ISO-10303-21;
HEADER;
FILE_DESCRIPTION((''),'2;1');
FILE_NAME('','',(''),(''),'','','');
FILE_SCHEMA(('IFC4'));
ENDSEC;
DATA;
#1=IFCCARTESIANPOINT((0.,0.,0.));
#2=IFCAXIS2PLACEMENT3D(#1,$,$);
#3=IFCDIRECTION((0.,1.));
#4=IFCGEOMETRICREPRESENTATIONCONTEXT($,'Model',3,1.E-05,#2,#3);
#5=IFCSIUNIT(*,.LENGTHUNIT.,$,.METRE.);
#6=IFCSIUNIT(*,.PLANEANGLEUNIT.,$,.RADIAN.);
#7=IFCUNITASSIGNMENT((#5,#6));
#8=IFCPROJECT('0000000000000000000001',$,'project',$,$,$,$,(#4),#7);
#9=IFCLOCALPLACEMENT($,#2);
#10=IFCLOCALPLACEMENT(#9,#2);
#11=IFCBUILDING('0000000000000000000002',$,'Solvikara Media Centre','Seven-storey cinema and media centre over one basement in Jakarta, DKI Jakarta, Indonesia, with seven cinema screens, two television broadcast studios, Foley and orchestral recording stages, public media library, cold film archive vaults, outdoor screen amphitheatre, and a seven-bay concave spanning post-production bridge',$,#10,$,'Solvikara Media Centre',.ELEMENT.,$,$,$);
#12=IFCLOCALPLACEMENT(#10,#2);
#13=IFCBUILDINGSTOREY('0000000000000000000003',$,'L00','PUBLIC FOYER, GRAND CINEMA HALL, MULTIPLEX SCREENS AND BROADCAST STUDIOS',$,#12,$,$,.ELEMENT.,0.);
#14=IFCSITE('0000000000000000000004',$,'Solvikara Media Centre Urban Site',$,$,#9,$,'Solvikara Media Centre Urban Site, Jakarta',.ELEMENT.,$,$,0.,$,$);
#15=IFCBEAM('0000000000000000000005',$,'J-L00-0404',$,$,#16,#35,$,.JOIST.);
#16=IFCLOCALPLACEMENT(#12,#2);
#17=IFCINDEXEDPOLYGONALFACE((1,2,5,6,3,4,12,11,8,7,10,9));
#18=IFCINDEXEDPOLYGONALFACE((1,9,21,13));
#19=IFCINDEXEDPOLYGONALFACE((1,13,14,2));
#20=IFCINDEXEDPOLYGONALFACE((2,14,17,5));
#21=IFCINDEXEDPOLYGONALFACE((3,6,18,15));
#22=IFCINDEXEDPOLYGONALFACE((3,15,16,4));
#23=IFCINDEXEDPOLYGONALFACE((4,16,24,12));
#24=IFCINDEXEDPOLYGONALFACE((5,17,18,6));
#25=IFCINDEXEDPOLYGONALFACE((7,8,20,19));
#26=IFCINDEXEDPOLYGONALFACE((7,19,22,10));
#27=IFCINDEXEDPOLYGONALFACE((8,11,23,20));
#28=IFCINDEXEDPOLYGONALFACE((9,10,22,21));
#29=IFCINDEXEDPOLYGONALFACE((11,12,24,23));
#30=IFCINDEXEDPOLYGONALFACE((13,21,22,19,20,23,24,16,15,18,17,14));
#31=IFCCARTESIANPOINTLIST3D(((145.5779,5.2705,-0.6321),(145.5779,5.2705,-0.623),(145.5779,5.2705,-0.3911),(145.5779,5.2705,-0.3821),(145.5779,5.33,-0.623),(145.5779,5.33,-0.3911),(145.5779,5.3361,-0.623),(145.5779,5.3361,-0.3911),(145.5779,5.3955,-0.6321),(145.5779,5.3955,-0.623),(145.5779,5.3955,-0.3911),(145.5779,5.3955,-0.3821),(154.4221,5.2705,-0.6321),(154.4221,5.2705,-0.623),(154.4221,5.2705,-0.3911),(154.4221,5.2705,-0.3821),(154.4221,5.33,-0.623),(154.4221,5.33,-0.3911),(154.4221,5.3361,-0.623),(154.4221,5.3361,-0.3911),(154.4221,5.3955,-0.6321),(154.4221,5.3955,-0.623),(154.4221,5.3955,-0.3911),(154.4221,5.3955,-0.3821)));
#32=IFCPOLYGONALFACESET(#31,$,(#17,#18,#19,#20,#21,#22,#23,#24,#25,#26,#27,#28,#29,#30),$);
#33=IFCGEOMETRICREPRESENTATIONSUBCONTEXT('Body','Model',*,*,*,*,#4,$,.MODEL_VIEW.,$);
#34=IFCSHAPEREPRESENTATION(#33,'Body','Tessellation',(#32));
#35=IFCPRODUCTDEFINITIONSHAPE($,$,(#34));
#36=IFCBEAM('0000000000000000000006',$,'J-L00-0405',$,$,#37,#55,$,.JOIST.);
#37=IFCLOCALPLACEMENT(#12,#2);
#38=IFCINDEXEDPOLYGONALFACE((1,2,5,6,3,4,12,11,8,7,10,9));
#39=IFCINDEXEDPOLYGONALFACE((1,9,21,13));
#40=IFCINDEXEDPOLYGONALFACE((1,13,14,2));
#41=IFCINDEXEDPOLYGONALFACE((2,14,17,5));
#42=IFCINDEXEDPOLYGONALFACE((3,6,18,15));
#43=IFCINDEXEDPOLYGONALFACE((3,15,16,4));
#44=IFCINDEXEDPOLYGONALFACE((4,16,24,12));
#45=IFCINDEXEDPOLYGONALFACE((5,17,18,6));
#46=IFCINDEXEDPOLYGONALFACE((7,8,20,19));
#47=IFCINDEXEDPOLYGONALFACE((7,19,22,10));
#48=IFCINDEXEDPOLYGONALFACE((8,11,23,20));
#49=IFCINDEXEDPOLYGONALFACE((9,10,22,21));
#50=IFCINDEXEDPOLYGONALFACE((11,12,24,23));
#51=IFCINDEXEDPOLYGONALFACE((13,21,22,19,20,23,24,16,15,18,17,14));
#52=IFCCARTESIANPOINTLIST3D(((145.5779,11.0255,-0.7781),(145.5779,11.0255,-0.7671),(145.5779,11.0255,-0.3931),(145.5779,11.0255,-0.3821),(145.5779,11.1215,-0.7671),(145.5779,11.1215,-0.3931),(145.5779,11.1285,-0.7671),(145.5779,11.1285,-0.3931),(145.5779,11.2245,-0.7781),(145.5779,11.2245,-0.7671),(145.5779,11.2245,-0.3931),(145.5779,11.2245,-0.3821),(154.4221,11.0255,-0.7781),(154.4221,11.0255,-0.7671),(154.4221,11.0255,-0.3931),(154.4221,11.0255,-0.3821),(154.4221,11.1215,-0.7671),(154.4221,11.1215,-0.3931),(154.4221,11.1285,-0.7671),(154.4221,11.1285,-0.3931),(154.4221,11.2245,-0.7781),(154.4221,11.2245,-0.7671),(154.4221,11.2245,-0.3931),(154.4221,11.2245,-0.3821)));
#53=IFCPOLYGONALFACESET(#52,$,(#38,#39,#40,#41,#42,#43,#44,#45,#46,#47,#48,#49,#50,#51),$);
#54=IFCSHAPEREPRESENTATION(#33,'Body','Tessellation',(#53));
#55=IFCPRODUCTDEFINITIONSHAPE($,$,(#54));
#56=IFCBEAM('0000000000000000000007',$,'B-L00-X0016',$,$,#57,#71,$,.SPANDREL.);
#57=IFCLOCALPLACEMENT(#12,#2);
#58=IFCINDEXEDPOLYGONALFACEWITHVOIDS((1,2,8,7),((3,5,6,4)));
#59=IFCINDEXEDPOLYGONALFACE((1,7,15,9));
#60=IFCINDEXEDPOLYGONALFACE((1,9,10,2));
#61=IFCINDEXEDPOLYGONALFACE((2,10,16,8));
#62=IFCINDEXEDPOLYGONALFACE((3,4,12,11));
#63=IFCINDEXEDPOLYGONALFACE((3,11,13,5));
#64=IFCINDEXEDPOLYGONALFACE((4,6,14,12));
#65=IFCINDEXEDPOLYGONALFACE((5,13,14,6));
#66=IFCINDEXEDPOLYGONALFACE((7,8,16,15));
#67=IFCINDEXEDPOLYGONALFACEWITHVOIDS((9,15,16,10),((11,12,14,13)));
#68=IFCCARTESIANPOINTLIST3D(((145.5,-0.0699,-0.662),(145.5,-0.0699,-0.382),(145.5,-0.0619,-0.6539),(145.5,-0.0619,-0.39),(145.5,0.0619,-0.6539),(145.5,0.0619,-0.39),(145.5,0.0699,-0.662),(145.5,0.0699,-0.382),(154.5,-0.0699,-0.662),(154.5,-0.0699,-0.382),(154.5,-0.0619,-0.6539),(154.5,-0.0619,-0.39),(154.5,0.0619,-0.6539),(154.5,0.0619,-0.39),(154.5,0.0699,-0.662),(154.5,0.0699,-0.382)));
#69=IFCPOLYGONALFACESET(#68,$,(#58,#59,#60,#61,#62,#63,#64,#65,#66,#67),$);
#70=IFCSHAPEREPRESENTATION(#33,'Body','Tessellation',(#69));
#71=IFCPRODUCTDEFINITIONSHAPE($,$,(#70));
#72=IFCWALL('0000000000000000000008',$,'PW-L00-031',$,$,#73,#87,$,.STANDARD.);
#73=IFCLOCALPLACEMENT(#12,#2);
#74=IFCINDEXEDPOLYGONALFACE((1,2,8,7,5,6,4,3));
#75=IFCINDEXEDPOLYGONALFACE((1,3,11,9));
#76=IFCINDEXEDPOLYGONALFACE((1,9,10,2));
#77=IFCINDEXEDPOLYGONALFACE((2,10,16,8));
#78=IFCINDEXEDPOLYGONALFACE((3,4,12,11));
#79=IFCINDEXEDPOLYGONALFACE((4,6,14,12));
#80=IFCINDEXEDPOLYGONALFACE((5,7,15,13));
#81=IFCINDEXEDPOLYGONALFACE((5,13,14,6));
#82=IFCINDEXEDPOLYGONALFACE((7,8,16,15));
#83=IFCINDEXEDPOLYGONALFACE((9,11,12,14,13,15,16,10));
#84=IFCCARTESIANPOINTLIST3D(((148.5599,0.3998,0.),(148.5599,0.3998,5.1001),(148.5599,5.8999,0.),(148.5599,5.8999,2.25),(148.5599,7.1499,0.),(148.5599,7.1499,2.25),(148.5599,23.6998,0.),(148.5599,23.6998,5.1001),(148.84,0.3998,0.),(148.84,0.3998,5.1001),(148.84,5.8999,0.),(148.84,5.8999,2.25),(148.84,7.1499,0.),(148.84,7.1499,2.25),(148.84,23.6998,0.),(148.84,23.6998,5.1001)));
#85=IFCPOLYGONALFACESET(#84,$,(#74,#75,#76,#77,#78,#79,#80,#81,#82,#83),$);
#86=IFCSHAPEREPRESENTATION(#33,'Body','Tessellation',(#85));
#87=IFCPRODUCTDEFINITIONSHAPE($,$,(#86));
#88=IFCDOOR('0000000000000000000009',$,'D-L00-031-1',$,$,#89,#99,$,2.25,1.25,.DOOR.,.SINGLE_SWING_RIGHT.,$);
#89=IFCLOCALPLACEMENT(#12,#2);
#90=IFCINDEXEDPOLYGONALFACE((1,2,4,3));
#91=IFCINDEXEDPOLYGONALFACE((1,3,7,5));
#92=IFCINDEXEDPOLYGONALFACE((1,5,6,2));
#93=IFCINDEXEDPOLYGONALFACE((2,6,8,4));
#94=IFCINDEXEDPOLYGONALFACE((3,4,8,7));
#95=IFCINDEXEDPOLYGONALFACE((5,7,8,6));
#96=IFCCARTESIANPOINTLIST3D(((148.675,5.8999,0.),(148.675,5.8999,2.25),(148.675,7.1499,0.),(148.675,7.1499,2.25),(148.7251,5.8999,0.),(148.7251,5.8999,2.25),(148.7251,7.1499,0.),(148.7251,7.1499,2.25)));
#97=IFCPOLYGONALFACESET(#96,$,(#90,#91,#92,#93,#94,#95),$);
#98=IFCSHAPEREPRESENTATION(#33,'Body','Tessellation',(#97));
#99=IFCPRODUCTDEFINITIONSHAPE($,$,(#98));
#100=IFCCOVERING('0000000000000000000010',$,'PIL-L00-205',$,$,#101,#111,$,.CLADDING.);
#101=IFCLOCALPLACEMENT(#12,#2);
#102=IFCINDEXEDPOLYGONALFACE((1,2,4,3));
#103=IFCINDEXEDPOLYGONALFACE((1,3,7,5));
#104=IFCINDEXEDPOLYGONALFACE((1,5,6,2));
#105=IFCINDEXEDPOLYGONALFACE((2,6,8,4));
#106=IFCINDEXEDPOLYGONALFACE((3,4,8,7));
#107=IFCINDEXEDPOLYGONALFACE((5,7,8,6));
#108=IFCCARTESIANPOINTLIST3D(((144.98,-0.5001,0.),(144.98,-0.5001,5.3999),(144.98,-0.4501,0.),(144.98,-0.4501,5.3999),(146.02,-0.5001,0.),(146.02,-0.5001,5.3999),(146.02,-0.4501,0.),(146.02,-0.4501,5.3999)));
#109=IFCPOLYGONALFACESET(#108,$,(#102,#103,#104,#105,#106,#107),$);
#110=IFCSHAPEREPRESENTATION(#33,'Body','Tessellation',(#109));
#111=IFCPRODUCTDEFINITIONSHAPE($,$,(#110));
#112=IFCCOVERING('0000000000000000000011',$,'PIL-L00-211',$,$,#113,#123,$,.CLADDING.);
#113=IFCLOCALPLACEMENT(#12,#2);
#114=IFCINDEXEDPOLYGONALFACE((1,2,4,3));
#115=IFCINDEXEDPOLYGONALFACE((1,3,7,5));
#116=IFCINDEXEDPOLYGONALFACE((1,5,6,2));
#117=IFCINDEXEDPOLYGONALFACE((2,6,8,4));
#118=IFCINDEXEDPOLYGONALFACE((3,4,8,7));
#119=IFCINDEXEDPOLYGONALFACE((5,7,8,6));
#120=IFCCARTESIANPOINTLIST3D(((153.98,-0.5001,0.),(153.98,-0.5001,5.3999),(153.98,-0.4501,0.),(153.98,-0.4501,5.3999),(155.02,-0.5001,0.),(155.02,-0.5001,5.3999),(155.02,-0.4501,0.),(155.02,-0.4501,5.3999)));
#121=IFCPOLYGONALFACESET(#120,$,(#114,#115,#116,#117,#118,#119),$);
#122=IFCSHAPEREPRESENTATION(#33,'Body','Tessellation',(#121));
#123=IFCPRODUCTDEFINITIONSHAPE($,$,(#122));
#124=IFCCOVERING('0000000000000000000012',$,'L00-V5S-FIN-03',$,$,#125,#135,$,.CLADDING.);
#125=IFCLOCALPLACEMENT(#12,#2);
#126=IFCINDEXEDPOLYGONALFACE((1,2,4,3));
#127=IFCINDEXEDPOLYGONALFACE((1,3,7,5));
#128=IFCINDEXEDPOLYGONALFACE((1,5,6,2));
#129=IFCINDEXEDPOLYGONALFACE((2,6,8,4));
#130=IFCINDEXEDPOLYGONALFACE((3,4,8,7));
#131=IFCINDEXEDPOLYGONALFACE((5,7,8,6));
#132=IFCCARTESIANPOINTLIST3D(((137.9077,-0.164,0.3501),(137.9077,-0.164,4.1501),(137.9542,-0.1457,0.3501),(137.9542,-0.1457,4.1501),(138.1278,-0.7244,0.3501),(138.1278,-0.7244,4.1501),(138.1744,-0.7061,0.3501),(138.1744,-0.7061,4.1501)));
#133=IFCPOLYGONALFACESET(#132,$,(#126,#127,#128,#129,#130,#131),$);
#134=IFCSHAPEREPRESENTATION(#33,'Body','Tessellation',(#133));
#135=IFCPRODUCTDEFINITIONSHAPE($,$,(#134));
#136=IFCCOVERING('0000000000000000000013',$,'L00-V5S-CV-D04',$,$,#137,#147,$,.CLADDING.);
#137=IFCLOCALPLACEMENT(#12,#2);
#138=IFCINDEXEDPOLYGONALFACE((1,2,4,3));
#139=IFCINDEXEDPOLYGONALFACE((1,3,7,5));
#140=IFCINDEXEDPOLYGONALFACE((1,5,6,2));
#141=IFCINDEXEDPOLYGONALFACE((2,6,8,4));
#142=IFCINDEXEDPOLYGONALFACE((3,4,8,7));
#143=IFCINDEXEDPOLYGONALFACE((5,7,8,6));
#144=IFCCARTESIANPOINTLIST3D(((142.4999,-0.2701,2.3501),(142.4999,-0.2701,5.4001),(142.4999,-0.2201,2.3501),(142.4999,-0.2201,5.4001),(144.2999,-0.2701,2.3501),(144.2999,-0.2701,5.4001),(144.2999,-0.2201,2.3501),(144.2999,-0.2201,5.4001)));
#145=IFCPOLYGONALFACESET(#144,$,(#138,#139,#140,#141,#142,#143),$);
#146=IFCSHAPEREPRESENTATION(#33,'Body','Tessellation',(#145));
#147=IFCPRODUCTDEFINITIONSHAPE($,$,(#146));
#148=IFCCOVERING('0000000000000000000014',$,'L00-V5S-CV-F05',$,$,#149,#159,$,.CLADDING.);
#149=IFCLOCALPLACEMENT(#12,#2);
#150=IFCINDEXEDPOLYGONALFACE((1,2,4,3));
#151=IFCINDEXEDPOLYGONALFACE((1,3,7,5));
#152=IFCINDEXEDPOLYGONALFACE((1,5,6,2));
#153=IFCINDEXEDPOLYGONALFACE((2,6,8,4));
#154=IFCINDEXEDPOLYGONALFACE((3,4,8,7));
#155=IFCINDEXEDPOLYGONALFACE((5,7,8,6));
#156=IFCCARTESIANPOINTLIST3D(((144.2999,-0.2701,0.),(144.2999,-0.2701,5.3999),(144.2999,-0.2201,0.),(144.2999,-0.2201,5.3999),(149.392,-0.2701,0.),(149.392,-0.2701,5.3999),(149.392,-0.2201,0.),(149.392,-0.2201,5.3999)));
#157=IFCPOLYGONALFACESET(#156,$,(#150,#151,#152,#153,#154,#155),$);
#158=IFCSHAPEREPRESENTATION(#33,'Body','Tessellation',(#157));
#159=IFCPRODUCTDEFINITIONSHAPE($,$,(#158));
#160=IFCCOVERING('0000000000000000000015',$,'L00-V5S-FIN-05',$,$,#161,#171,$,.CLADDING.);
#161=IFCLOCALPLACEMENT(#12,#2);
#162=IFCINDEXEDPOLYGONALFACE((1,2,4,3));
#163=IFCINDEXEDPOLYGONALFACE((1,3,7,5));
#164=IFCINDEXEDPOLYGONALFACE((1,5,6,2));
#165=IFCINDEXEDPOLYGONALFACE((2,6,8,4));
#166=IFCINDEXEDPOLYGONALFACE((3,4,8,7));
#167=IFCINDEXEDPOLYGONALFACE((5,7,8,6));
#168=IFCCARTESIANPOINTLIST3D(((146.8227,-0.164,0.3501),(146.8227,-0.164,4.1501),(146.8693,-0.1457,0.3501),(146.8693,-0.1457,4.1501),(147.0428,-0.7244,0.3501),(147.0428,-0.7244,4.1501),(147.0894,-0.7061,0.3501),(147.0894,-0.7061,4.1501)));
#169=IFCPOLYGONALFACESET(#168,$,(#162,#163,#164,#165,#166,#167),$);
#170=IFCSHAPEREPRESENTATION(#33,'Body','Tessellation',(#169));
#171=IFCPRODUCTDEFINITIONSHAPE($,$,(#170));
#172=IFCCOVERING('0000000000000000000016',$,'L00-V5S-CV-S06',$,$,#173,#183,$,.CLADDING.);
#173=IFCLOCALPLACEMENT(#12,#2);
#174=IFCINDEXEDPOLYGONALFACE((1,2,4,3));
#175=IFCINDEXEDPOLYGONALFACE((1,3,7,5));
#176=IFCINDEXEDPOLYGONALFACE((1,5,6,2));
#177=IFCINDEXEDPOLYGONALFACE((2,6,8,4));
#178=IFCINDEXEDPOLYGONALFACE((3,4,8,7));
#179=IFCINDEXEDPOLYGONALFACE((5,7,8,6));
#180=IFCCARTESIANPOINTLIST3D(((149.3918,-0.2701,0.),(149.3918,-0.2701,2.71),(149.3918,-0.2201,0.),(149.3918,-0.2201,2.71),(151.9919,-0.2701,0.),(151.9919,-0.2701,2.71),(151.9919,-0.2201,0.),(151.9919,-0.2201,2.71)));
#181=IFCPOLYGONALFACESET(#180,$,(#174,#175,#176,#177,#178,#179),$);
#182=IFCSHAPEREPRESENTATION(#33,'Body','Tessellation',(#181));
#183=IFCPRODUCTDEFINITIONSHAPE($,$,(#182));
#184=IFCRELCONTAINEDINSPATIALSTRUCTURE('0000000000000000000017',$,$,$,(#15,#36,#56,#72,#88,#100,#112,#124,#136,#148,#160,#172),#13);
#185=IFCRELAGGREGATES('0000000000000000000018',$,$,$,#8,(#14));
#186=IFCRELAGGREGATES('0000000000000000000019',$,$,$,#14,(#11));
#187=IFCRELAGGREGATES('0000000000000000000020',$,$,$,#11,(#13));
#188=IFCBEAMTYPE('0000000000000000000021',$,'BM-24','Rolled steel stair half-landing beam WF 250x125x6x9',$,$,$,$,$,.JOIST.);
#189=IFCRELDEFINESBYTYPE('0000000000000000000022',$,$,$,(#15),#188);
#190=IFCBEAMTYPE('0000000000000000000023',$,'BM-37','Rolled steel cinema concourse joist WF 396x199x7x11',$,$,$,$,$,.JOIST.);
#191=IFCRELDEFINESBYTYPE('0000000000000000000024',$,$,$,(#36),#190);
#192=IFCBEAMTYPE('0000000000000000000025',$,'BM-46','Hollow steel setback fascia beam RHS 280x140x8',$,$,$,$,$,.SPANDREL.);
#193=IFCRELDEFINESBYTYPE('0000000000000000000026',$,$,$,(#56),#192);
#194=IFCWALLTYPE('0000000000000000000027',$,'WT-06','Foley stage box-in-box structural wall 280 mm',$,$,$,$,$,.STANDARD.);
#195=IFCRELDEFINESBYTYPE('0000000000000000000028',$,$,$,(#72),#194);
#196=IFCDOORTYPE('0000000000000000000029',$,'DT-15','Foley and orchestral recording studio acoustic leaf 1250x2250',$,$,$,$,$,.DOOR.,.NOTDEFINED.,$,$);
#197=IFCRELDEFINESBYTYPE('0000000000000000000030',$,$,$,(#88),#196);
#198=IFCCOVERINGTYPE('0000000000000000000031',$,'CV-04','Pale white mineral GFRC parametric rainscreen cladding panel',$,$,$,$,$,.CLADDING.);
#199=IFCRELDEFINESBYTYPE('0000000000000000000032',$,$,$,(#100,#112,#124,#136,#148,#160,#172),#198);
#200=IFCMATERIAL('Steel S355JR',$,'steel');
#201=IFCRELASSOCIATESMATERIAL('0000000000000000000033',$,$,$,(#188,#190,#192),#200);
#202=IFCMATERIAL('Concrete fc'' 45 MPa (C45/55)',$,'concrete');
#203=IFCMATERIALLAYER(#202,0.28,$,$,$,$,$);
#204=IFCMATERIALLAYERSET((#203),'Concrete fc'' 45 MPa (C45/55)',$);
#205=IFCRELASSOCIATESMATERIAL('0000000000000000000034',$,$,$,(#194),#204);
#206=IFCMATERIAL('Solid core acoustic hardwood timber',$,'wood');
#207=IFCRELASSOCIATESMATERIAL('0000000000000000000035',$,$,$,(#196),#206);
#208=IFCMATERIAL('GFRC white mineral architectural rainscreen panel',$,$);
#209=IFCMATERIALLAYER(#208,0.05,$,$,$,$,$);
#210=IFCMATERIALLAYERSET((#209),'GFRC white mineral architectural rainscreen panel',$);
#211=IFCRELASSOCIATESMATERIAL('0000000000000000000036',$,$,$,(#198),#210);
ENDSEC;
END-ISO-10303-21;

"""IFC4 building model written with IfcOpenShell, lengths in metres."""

from ifc_helpers import new_model, si_unit, direction, frame, frame_2d, origin, origin_2d, place, context, subcontext, project, spatial, rectangle, hollow_rectangle, i_section, extrude, material, layer, layer_set, material_profile, profile_set, type_object, element, fill, save


model = new_model("IFC4")

# Units and contexts
model_context = context("Model", 3, precision=1e-05, world=origin(), true_north=direction((0.0, 1.0)))
body_context = subcontext(model_context, "Body", "Model", "MODEL_VIEW")
ifc_project = project(units=[si_unit("LENGTHUNIT", "METRE"), si_unit("PLANEANGLEUNIT", "RADIAN")], contexts=[model_context])

# Site, building, storey
site_placement = place(None, origin())
site = spatial("IfcSite", under=ifc_project, at=site_placement, Name="Solvikara Media Centre Urban Site", LongName="Solvikara Media Centre Urban Site, Jakarta", CompositionType="ELEMENT", RefElevation=0.0)
building_placement = place(site_placement, origin())
building = spatial("IfcBuilding", under=site, at=building_placement, Name="Solvikara Media Centre", Description="Seven-storey cinema and media centre over one basement in Jakarta, DKI Jakarta, Indonesia, with seven cinema screens, two television broadcast studios, Foley and orchestral recording stages, public media library, cold film archive vaults, outdoor screen amphitheatre, and a seven-bay concave spanning post-production bridge", LongName="Solvikara Media Centre", CompositionType="ELEMENT")
storey_placement = place(building_placement, origin())
storey = spatial("IfcBuildingStorey", under=building, at=storey_placement, Name="L00", Description="PUBLIC FOYER, GRAND CINEMA HALL, MULTIPLEX SCREENS AND BROADCAST STUDIOS", CompositionType="ELEMENT", Elevation=0.0)

# Shared definitions
ifc_material_1 = material(Name="Concrete fc' 45 MPa (C45/55)", Category="concrete")

# Beams
ifc_material_2 = material(Name="Steel S355JR", Category="steel")
ifc_material_profile_1 = material_profile(ifc_material_2, i_section(OverallWidth=0.125, OverallDepth=0.25, WebThickness=0.0061, FlangeThickness=0.009, at=origin_2d()), Name="WF 250x125x6x9")
ifc_profile_set_1 = profile_set([ifc_material_profile_1], Name="Steel S355JR")
beam_type_1 = type_object("IfcBeamType", Name="BM-24", Description="Rolled steel stair half-landing beam WF 250x125x6x9", PredefinedType="JOIST", material=ifc_profile_set_1)
beam_1_placement = place(storey_placement, frame((145.5779, 5.333, -0.5071), z_axis=(1.0, 0.0, 0.0), x_axis=(0.0, 1.0, 0.0)))
element("IfcBeam", 1, at=beam_1_placement, inside=storey, type_object=beam_type_1, Name="J-L00-0404", PredefinedType="JOIST", context=body_context, shape_type="SweptSolid", body=[
    extrude(i_section(OverallWidth=0.125, OverallDepth=0.25, WebThickness=0.0061, FlangeThickness=0.009, at=origin_2d()), origin(), (0.0, 0.0, 1.0), 8.8442),
])
ifc_material_profile_2 = material_profile(ifc_material_2, i_section(OverallWidth=0.199, OverallDepth=0.396, WebThickness=0.0071, FlangeThickness=0.011, at=origin_2d()), Name="WF 396x199x7x11")
ifc_profile_set_2 = profile_set([ifc_material_profile_2], Name="Steel S355JR")
beam_type_2 = type_object("IfcBeamType", Name="BM-37", Description="Rolled steel cinema concourse joist WF 396x199x7x11", PredefinedType="JOIST", material=ifc_profile_set_2)
beam_2_placement = place(storey_placement, frame((145.5779, 11.125, -0.5801), z_axis=(1.0, 0.0, 0.0), x_axis=(0.0, 1.0, 0.0)))
element("IfcBeam", 2, at=beam_2_placement, inside=storey, type_object=beam_type_2, Name="J-L00-0405", PredefinedType="JOIST", context=body_context, shape_type="SweptSolid", body=[
    extrude(i_section(OverallWidth=0.199, OverallDepth=0.396, WebThickness=0.0071, FlangeThickness=0.011, at=origin_2d()), origin(), (0.0, 0.0, 1.0), 8.8442),
])
ifc_material_profile_3 = material_profile(ifc_material_2, hollow_rectangle(XDim=0.1399, YDim=0.28, WallThickness=0.0081, at=origin_2d()), Name="RHS 280x140x8")
ifc_profile_set_3 = profile_set([ifc_material_profile_3], Name="Steel S355JR")
beam_type_3 = type_object("IfcBeamType", Name="BM-46", Description="Hollow steel setback fascia beam RHS 280x140x8", PredefinedType="SPANDREL", material=ifc_profile_set_3)
beam_3_placement = place(storey_placement, frame((145.5, 0.0, -0.522), z_axis=(1.0, 0.0, 0.0), x_axis=(0.0, 1.0, 0.0)))
element("IfcBeam", 3, at=beam_3_placement, inside=storey, type_object=beam_type_3, Name="B-L00-X0016", PredefinedType="SPANDREL", context=body_context, shape_type="SweptSolid", body=[
    extrude(hollow_rectangle(XDim=0.1399, YDim=0.28, WallThickness=0.0081, at=origin_2d()), origin(), (0.0, 0.0, 1.0), 9.0),
])

# Wall, opening, door
ifc_layer_1 = layer(ifc_material_1, 0.28)
ifc_layer_set_1 = layer_set([ifc_layer_1], Name="Concrete fc' 45 MPa (C45/55)")
wall_type = type_object("IfcWallType", Name="WT-06", Description="Foley stage box-in-box structural wall 280 mm", PredefinedType="STANDARD", material=ifc_layer_set_1)
wall_placement = place(storey_placement, frame((148.7, 0.3999, 0.0), z_axis=(0.0, 0.0, 1.0), x_axis=(0.0, 1.0, 0.0)))
wall = element("IfcWall", 4, at=wall_placement, inside=storey, type_object=wall_type, Name="PW-L00-031", PredefinedType="STANDARD", context=body_context, shape_type="SweptSolid", body=[
    extrude(rectangle(XDim=23.3, YDim=0.28, at=frame_2d((11.6499, 0.0))), origin(), (0.0, 0.0, 1.0), 5.1001),
])
opening_placement = place(wall_placement, frame((5.5, 0.0, 0.0)))
opening = element("IfcOpeningElement", 5, at=opening_placement, cuts=wall, PredefinedType="OPENING", context=body_context, shape_type="SweptSolid", body=[
    extrude(rectangle(XDim=1.25, YDim=2.25, at=frame_2d((0.625, 1.125))), frame((0.0, 0.1519, 0.0), z_axis=(0.0, -1.0, 0.0), x_axis=(1.0, 0.0, 0.0)), (0.0, 0.0, 1.0), 0.304),
])
ifc_material_3 = material(Name="Solid core acoustic hardwood timber", Category="wood")
door_type = type_object("IfcDoorType", Name="DT-15", Description="Foley and orchestral recording studio acoustic leaf 1250x2250", OperationType="NOTDEFINED", PredefinedType="DOOR", material=ifc_material_3)
door_placement = place(opening_placement, origin())
door = element("IfcDoor", 6, at=door_placement, inside=storey, type_object=door_type, Name="D-L00-031-1", OperationType="SINGLE_SWING_RIGHT", OverallHeight=2.25, OverallWidth=1.25, PredefinedType="DOOR", context=body_context, shape_type="SweptSolid", body=[
    extrude(rectangle(XDim=1.25, YDim=2.25, at=frame_2d((0.625, 1.125))), frame((0.0, 0.0249, 0.0), z_axis=(0.0, -1.0, 0.0), x_axis=(1.0, 0.0, 0.0)), (0.0, 0.0, 1.0), 0.05),
])
fill(opening, door)

# Coverings
ifc_material_4 = material(Name="GFRC white mineral architectural rainscreen panel")
ifc_layer_2 = layer(ifc_material_4, 0.05)
ifc_layer_set_2 = layer_set([ifc_layer_2], Name="GFRC white mineral architectural rainscreen panel")
covering_type = type_object("IfcCoveringType", Name="CV-04", Description="Pale white mineral GFRC parametric rainscreen cladding panel", PredefinedType="CLADDING", material=ifc_layer_set_2)
for number, where, z_axis, x_axis, name in (
    (7, (145.5, -0.4751, 0.0), (0.0, 0.0, 1.0), (1.0, 0.0, 0.0), "PIL-L00-205"),
    (8, (154.5, -0.4751, 0.0), (0.0, 0.0, 1.0), (1.0, 0.0, 0.0), "PIL-L00-211"),
):
    element("IfcCovering", number, at=place(storey_placement, frame(where, z_axis=z_axis, x_axis=x_axis)), inside=storey, type_object=covering_type, Name=name, PredefinedType="CLADDING", context=body_context, shape_type="SweptSolid", body=[
        extrude(rectangle(XDim=1.04, YDim=0.05, at=origin_2d()), origin(), (0.0, 0.0, 1.0), 5.3999),
    ])
covering_1_placement = place(storey_placement, frame((138.041, -0.4351, 0.3501), z_axis=(0.0, 0.0, 1.0), x_axis=(0.365657, -0.93075, 0.0)))
element("IfcCovering", 9, at=covering_1_placement, inside=storey, type_object=covering_type, Name="L00-V5S-FIN-03", PredefinedType="CLADDING", context=body_context, shape_type="SweptSolid", body=[
    extrude(rectangle(XDim=0.6021, YDim=0.05, at=origin_2d()), origin(), (0.0, 0.0, 1.0), 3.8),
])
covering_2_placement = place(storey_placement, frame((143.3999, -0.2451, 2.3501), z_axis=(0.0, 0.0, 1.0), x_axis=(1.0, 0.0, 0.0)))
element("IfcCovering", 10, at=covering_2_placement, inside=storey, type_object=covering_type, Name="L00-V5S-CV-D04", PredefinedType="CLADDING", context=body_context, shape_type="SweptSolid", body=[
    extrude(rectangle(XDim=1.8, YDim=0.05, at=origin_2d()), origin(), (0.0, 0.0, 1.0), 3.05),
])
covering_3_placement = place(storey_placement, frame((146.8459, -0.2451, 0.0), z_axis=(0.0, 0.0, 1.0), x_axis=(1.0, 0.0, 0.0)))
element("IfcCovering", 11, at=covering_3_placement, inside=storey, type_object=covering_type, Name="L00-V5S-CV-F05", PredefinedType="CLADDING", context=body_context, shape_type="SweptSolid", body=[
    extrude(rectangle(XDim=5.092, YDim=0.05, at=origin_2d()), origin(), (0.0, 0.0, 1.0), 5.3999),
])
covering_4_placement = place(storey_placement, frame((146.9561, -0.4351, 0.3501), z_axis=(0.0, 0.0, 1.0), x_axis=(0.365657, -0.93075, 0.0)))
element("IfcCovering", 12, at=covering_4_placement, inside=storey, type_object=covering_type, Name="L00-V5S-FIN-05", PredefinedType="CLADDING", context=body_context, shape_type="SweptSolid", body=[
    extrude(rectangle(XDim=0.6021, YDim=0.05, at=origin_2d()), origin(), (0.0, 0.0, 1.0), 3.8),
])
covering_5_placement = place(storey_placement, frame((150.6919, -0.2451, 0.0), z_axis=(0.0, 0.0, 1.0), x_axis=(1.0, 0.0, 0.0)))
element("IfcCovering", 13, at=covering_5_placement, inside=storey, type_object=covering_type, Name="L00-V5S-CV-S06", PredefinedType="CLADDING", context=body_context, shape_type="SweptSolid", body=[
    extrude(rectangle(XDim=2.6001, YDim=0.05, at=origin_2d()), origin(), (0.0, 0.0, 1.0), 2.71),
])

save(model, "model.ifc")
